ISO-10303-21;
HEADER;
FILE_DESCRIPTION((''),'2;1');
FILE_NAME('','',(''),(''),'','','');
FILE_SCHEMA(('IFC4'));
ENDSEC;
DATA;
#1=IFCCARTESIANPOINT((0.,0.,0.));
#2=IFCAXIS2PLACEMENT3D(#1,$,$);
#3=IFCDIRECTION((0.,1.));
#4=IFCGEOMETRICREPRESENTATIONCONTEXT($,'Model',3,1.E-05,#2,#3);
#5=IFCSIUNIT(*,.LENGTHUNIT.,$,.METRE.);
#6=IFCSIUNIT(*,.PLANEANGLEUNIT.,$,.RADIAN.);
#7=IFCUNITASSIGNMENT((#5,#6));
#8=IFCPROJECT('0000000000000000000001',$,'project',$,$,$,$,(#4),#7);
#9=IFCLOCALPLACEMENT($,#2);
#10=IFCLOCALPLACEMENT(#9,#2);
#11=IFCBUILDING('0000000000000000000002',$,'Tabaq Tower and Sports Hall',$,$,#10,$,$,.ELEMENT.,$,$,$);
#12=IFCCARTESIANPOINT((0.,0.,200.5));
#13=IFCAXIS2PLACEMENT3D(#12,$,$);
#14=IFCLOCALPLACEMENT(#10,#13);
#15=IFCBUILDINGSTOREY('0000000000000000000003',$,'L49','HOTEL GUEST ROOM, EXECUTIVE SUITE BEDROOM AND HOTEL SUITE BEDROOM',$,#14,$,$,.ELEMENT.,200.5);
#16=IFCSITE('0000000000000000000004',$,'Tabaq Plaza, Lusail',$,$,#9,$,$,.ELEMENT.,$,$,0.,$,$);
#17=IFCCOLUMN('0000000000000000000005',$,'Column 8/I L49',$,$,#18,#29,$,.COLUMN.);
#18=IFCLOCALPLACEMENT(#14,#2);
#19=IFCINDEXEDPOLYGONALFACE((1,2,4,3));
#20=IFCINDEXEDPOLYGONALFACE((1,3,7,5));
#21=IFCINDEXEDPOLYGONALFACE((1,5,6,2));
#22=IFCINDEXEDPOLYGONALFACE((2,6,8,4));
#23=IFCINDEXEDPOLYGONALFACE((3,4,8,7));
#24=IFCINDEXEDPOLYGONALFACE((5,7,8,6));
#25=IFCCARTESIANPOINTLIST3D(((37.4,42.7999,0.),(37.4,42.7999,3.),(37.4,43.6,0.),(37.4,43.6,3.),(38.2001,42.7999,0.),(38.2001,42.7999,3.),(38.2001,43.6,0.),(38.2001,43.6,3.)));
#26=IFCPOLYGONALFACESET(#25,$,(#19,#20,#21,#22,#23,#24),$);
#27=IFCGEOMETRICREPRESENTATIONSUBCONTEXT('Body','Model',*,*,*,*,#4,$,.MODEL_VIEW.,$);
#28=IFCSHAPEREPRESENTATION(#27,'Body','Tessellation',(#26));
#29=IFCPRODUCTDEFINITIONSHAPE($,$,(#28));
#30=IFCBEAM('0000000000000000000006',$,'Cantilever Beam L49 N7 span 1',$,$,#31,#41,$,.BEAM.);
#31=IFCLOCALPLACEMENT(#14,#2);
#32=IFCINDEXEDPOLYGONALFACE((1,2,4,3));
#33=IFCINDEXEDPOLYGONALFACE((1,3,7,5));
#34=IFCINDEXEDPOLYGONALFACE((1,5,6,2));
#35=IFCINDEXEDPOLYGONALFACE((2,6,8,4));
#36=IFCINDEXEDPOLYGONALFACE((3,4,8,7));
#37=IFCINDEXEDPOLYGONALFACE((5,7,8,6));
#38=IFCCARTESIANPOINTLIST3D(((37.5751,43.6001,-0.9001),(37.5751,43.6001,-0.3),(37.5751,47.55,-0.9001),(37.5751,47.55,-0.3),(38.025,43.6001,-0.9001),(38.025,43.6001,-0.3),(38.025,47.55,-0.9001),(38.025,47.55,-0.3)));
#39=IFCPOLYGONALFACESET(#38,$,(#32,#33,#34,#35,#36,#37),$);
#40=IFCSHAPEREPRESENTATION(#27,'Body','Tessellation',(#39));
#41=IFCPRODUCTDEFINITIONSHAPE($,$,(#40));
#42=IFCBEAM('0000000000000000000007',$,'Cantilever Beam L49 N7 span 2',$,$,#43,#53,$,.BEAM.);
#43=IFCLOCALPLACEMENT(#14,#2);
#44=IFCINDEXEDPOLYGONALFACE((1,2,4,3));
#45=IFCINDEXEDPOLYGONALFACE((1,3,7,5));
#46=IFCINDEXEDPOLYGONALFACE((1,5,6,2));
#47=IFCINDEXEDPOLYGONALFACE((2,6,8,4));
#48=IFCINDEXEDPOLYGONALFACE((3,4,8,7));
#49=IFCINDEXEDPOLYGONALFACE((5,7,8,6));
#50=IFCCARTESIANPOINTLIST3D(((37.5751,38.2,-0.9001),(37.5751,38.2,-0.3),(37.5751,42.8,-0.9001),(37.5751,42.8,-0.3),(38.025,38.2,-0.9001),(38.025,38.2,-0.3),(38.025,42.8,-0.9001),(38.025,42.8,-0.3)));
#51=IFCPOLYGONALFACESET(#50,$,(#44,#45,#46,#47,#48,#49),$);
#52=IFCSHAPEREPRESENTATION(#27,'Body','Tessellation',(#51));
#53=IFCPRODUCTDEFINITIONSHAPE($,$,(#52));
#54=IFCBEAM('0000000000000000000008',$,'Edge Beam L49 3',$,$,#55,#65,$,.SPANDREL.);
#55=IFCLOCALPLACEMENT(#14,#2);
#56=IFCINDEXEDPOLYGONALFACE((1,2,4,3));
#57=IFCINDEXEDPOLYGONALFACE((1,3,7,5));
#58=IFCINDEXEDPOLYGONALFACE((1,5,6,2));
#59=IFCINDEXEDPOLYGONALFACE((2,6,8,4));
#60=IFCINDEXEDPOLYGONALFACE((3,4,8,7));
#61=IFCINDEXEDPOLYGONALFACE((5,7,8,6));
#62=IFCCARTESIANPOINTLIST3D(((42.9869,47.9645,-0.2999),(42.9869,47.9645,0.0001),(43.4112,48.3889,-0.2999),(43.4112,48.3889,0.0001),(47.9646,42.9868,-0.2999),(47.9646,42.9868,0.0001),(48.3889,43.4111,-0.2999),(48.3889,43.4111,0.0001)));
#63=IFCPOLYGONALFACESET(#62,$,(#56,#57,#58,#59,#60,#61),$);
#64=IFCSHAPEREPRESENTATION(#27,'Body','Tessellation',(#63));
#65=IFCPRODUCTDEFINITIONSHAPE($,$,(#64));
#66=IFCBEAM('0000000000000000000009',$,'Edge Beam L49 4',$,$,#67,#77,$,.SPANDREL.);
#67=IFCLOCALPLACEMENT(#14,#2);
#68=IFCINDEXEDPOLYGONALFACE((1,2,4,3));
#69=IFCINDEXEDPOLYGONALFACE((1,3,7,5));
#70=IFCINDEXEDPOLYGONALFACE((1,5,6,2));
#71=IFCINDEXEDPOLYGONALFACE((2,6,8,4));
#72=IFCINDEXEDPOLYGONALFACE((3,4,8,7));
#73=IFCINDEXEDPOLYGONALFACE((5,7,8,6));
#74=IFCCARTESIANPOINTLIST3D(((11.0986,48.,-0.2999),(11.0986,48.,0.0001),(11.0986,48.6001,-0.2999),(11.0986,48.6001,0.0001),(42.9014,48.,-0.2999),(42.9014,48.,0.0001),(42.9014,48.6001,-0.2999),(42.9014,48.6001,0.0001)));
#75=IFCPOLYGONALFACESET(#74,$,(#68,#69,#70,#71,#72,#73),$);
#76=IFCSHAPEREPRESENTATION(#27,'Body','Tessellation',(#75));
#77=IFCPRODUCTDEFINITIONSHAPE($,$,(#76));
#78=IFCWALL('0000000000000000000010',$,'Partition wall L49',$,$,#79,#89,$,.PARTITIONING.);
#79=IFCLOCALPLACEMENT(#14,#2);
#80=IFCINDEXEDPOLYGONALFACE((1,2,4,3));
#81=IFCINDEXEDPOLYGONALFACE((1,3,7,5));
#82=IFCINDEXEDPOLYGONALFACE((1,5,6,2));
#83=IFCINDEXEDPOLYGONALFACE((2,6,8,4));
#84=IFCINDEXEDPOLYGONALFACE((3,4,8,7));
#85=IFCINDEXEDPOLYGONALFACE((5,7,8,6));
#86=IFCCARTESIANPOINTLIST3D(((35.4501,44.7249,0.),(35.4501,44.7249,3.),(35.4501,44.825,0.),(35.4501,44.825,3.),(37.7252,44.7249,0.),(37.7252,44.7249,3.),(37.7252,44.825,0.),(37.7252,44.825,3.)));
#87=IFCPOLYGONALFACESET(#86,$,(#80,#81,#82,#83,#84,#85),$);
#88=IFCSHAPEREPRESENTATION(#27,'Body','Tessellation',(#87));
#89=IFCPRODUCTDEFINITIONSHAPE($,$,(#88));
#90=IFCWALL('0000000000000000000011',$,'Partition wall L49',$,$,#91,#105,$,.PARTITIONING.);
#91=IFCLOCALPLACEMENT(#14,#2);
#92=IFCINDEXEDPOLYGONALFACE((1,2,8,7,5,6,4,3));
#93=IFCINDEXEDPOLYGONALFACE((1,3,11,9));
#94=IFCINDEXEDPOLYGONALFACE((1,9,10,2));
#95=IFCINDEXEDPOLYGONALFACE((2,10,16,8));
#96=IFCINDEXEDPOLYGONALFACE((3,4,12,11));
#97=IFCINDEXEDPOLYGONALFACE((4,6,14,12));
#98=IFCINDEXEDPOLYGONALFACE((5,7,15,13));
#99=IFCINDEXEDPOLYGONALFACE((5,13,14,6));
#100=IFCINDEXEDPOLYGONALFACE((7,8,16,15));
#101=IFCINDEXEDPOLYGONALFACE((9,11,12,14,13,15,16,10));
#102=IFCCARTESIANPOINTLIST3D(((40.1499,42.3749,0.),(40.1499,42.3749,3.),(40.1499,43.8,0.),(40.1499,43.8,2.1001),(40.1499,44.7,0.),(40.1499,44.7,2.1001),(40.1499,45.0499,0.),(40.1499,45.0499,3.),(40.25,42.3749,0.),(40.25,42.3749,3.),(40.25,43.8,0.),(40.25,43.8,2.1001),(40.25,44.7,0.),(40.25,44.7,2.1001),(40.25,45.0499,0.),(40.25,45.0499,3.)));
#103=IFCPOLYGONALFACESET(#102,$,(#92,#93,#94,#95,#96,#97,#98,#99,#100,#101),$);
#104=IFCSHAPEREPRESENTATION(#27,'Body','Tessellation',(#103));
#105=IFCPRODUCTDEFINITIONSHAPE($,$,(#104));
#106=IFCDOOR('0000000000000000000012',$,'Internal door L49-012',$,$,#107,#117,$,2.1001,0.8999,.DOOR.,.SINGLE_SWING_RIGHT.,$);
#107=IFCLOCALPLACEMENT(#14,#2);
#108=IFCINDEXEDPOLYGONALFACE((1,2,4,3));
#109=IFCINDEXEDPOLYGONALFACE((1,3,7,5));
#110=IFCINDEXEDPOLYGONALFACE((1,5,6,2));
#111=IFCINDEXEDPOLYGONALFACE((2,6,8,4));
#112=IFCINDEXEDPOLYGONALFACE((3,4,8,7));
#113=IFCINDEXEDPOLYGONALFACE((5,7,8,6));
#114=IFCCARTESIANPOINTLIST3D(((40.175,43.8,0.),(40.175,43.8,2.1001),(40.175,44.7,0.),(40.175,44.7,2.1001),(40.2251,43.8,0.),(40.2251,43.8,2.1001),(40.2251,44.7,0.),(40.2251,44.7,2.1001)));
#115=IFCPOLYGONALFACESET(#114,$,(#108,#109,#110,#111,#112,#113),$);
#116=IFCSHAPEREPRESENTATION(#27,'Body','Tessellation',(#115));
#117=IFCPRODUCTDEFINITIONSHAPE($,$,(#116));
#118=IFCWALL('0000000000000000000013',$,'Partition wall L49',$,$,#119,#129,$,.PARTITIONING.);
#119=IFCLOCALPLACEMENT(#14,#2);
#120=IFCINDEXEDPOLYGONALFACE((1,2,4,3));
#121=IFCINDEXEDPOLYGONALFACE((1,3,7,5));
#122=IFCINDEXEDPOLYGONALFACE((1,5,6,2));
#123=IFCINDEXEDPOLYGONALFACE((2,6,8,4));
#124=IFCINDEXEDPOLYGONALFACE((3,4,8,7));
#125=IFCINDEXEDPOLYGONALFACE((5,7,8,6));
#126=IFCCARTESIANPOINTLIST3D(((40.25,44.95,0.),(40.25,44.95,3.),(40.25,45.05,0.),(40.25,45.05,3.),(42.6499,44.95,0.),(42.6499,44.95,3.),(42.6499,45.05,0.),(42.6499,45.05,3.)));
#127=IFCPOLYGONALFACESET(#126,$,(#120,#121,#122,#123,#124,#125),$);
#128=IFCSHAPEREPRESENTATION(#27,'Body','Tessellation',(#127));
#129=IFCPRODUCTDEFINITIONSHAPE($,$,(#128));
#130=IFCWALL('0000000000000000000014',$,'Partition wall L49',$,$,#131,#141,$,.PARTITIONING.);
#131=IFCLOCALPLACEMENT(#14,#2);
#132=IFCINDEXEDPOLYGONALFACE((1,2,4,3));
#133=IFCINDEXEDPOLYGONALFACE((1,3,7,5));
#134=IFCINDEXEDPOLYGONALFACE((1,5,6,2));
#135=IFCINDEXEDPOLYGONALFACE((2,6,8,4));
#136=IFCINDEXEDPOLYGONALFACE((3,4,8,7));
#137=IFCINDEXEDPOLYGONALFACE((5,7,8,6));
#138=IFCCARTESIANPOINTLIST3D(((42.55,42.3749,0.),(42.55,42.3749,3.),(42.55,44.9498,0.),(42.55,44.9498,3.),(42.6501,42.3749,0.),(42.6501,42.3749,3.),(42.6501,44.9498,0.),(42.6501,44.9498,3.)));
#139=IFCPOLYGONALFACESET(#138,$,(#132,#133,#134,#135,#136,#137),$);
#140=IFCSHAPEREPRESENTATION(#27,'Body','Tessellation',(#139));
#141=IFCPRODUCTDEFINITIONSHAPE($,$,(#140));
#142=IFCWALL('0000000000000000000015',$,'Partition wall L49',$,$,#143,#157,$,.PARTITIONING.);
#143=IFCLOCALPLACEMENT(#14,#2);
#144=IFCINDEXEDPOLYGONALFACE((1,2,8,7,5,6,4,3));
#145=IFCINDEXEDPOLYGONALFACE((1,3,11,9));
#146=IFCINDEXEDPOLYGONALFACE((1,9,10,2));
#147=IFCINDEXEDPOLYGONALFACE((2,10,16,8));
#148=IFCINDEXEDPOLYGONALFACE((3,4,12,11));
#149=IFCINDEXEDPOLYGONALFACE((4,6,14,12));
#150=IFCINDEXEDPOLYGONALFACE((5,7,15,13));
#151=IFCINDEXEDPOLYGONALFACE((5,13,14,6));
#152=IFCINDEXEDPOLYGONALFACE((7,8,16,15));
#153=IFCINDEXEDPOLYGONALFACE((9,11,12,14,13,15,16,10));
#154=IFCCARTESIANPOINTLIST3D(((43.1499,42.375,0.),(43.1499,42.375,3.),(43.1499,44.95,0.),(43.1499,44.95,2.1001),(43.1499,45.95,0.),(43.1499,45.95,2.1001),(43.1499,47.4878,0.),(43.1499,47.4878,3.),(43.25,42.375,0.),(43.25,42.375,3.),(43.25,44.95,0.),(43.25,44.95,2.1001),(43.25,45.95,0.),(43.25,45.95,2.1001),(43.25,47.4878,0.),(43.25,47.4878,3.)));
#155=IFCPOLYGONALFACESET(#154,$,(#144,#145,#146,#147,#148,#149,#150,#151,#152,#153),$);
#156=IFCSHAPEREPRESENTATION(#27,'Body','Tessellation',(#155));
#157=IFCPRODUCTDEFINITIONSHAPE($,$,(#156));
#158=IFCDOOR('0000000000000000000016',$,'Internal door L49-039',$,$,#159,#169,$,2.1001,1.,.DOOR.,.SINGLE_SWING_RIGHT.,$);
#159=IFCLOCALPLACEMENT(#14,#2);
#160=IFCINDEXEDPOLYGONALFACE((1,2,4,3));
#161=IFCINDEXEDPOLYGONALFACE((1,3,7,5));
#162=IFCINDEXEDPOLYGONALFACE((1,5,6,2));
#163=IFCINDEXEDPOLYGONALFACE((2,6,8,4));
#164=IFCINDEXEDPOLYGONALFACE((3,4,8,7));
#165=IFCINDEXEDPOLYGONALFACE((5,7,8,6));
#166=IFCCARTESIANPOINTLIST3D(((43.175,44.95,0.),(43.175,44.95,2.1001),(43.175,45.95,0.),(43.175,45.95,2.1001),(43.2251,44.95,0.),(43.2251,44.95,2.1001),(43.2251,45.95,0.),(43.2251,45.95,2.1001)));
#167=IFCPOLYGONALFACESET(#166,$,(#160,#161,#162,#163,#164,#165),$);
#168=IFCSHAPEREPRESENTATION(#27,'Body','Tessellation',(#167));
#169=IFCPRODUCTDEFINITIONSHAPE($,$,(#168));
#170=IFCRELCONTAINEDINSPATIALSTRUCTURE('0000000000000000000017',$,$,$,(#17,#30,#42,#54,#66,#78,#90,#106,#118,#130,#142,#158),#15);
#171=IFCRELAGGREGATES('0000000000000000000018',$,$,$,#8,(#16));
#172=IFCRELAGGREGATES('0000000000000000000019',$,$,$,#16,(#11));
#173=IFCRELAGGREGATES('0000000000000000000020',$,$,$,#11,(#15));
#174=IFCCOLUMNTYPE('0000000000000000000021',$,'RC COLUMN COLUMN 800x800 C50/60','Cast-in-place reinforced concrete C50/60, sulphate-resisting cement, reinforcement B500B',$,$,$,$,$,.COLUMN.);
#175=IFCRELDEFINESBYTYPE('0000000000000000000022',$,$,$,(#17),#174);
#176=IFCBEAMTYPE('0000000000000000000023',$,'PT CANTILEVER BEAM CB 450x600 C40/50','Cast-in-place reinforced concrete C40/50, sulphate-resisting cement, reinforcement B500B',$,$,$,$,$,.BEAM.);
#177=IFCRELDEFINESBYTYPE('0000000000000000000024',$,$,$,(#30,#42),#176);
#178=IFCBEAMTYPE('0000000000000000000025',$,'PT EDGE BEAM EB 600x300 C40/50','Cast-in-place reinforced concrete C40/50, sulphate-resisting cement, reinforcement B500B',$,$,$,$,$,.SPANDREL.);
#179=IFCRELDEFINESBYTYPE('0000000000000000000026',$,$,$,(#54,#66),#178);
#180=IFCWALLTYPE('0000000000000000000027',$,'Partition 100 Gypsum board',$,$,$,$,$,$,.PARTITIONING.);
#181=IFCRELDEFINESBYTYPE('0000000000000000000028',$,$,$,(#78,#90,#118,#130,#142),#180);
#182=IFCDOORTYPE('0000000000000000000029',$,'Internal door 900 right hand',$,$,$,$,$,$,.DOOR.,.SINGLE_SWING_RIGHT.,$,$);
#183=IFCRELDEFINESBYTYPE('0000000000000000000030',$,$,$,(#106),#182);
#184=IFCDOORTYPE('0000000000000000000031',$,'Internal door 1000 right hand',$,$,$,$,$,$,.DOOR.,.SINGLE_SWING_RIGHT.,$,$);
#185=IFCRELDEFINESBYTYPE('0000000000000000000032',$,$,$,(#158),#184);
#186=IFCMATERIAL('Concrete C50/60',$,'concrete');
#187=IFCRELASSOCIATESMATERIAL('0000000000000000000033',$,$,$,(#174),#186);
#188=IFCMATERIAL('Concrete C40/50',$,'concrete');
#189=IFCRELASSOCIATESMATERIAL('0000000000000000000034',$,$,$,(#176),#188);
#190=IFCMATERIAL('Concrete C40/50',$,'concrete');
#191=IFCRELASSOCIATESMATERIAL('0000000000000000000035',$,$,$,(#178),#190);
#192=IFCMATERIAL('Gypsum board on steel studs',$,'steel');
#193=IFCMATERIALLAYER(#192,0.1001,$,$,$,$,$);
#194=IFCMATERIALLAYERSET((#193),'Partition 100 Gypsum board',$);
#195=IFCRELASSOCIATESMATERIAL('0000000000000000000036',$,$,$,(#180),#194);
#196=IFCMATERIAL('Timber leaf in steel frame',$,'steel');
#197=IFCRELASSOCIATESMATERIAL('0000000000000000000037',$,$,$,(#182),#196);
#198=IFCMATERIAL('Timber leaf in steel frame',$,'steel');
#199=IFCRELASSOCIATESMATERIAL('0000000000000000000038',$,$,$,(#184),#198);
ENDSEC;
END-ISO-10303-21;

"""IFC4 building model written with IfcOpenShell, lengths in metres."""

from ifc_helpers import new_model, si_unit, direction, frame, frame_2d, origin, origin_2d, place, context, subcontext, project, spatial, rectangle, extrude, material, layer, layer_set, material_profile, profile_set, type_object, element, fill, save


model = new_model("IFC4")

# Units and contexts
model_context = context("Model", 3, precision=1e-05, world=origin(), true_north=direction((0.0, 1.0)))
body_context = subcontext(model_context, "Body", "Model", "MODEL_VIEW")
ifc_project = project(units=[si_unit("LENGTHUNIT", "METRE"), si_unit("PLANEANGLEUNIT", "RADIAN")], contexts=[model_context])

# Site, building, storey
site_placement = place(None, origin())
site = spatial("IfcSite", under=ifc_project, at=site_placement, Name="Tabaq Plaza, Lusail", CompositionType="ELEMENT", RefElevation=0.0)
building_placement = place(site_placement, origin())
building = spatial("IfcBuilding", under=site, at=building_placement, Name="Tabaq Tower and Sports Hall", CompositionType="ELEMENT")
storey_placement = place(building_placement, frame((0.0, 0.0, 200.5)))
storey = spatial("IfcBuildingStorey", under=building, at=storey_placement, Name="L49", Description="HOTEL GUEST ROOM, EXECUTIVE SUITE BEDROOM AND HOTEL SUITE BEDROOM", CompositionType="ELEMENT", Elevation=200.5)

# Column
ifc_material_1 = material(Name="Concrete C50/60", Category="concrete")
ifc_material_profile_1 = material_profile(ifc_material_1, rectangle(XDim=0.8, YDim=0.8, at=origin_2d()), Name="COLUMN 800x800")
ifc_profile_set_1 = profile_set([ifc_material_profile_1], Name="Concrete C50/60")
column_type = type_object("IfcColumnType", Name="RC COLUMN COLUMN 800x800 C50/60", Description="Cast-in-place reinforced concrete C50/60, sulphate-resisting cement, reinforcement B500B", PredefinedType="COLUMN", material=ifc_profile_set_1)
column_placement = place(storey_placement, frame((37.8, 43.2, 0.0), z_axis=(0.0, 0.0, 1.0), x_axis=(1.0, 0.0, 0.0)))
element("IfcColumn", 1, at=column_placement, inside=storey, type_object=column_type, Name="Column 8/I L49", PredefinedType="COLUMN", context=body_context, shape_type="SweptSolid", body=[
    extrude(rectangle(XDim=0.8, YDim=0.8, at=origin_2d()), origin(), (0.0, 0.0, 1.0), 3.0),
])

# Beams
ifc_material_2 = material(Name="Concrete C40/50", Category="concrete")
ifc_material_profile_2 = material_profile(ifc_material_2, rectangle(XDim=0.45, YDim=0.6001, at=origin_2d()), Name="CB 450x600")
ifc_profile_set_2 = profile_set([ifc_material_profile_2], Name="Concrete C40/50")
beam_type_1 = type_object("IfcBeamType", Name="PT CANTILEVER BEAM CB 450x600 C40/50", Description="Cast-in-place reinforced concrete C40/50, sulphate-resisting cement, reinforcement B500B", PredefinedType="BEAM", material=ifc_profile_set_2)
beam_1_placement = place(storey_placement, frame((37.8, 47.55, -0.6001), z_axis=(0.0, -1.0, 0.0), x_axis=(1.0, 0.0, 0.0)))
element("IfcBeam", 2, at=beam_1_placement, inside=storey, type_object=beam_type_1, Name="Cantilever Beam L49 N7 span 1", PredefinedType="BEAM", context=body_context, shape_type="SweptSolid", body=[
    extrude(rectangle(XDim=0.45, YDim=0.6001, at=origin_2d()), origin(), (0.0, 0.0, 1.0), 3.95),
])
beam_2_placement = place(storey_placement, frame((37.8, 42.8, -0.6001), z_axis=(0.0, -1.0, 0.0), x_axis=(1.0, 0.0, 0.0)))
element("IfcBeam", 3, at=beam_2_placement, inside=storey, type_object=beam_type_1, Name="Cantilever Beam L49 N7 span 2", PredefinedType="BEAM", context=body_context, shape_type="SweptSolid", body=[
    extrude(rectangle(XDim=0.45, YDim=0.6001, at=origin_2d()), origin(), (0.0, 0.0, 1.0), 4.6001),
])
ifc_material_3 = material(Name="Concrete C40/50", Category="concrete")
ifc_material_profile_3 = material_profile(ifc_material_3, rectangle(XDim=0.6001, YDim=0.3, at=origin_2d()), Name="EB 600x300")
ifc_profile_set_3 = profile_set([ifc_material_profile_3], Name="Concrete C40/50")
beam_type_2 = type_object("IfcBeamType", Name="PT EDGE BEAM EB 600x300 C40/50", Description="Cast-in-place reinforced concrete C40/50, sulphate-resisting cement, reinforcement B500B", PredefinedType="SPANDREL", material=ifc_profile_set_3)
beam_3_placement = place(storey_placement, frame((48.1768, 43.199, -0.1499), z_axis=(-0.707107, 0.707107, 0.0), x_axis=(-0.707107, -0.707107, 0.0)))
element("IfcBeam", 4, at=beam_3_placement, inside=storey, type_object=beam_type_2, Name="Edge Beam L49 3", PredefinedType="SPANDREL", context=body_context, shape_type="SweptSolid", body=[
    extrude(rectangle(XDim=0.6001, YDim=0.3, at=origin_2d()), origin(), (0.0, 0.0, 1.0), 7.0396),
])
beam_4_placement = place(storey_placement, frame((42.9014, 48.3, -0.1499), z_axis=(-1.0, 0.0, 0.0), x_axis=(0.0, -1.0, 0.0)))
element("IfcBeam", 5, at=beam_4_placement, inside=storey, type_object=beam_type_2, Name="Edge Beam L49 4", PredefinedType="SPANDREL", context=body_context, shape_type="SweptSolid", body=[
    extrude(rectangle(XDim=0.6001, YDim=0.3, at=origin_2d()), origin(), (0.0, 0.0, 1.0), 31.8027),
])

# Wall
ifc_material_4 = material(Name="Gypsum board on steel studs", Category="steel")
ifc_layer_1 = layer(ifc_material_4, 0.1001)
ifc_layer_set_1 = layer_set([ifc_layer_1], Name="Partition 100 Gypsum board")
wall_type_1 = type_object("IfcWallType", Name="Partition 100 Gypsum board", PredefinedType="PARTITIONING", material=ifc_layer_set_1)
wall_1_placement = place(storey_placement, frame((35.45, 44.7749, 0.0), z_axis=(0.0, 0.0, 1.0), x_axis=(1.0, 0.0, 0.0)))
element("IfcWall", 6, at=wall_1_placement, inside=storey, type_object=wall_type_1, Name="Partition wall L49", PredefinedType="PARTITIONING", context=body_context, shape_type="SweptSolid", body=[
    extrude(rectangle(XDim=2.2751, YDim=0.1001, at=frame_2d((1.1377, 0.0))), origin(), (0.0, 0.0, 1.0), 3.0),
])

# Wall, opening, door
wall_2_placement = place(storey_placement, frame((40.2, 42.375, 0.0), z_axis=(0.0, 0.0, 1.0), x_axis=(0.0, 1.0, 0.0)))
wall_2 = element("IfcWall", 7, at=wall_2_placement, inside=storey, type_object=wall_type_1, Name="Partition wall L49", PredefinedType="PARTITIONING", context=body_context, shape_type="SweptSolid", body=[
    extrude(rectangle(XDim=2.675, YDim=0.1001, at=frame_2d((1.3374, 0.0))), origin(), (0.0, 0.0, 1.0), 3.0),
])
opening_1_placement = place(wall_2_placement, frame((1.425, 0.0, 0.0)))
opening_1 = element("IfcOpeningElement", 8, at=opening_1_placement, cuts=wall_2, PredefinedType="OPENING", context=body_context, shape_type="SweptSolid", body=[
    extrude(rectangle(XDim=0.8999, YDim=2.1001, at=frame_2d((0.45, 1.05))), frame((0.0, 0.05, 0.0), z_axis=(0.0, -1.0, 0.0), x_axis=(1.0, 0.0, 0.0)), (0.0, 0.0, 1.0), 0.1001),
])
ifc_material_5 = material(Name="Timber leaf in steel frame", Category="steel")
door_type_1 = type_object("IfcDoorType", Name="Internal door 900 right hand", OperationType="SINGLE_SWING_RIGHT", PredefinedType="DOOR", material=ifc_material_5)
door_1_placement = place(opening_1_placement, origin())
door_1 = element("IfcDoor", 9, at=door_1_placement, inside=storey, type_object=door_type_1, Name="Internal door L49-012", OperationType="SINGLE_SWING_RIGHT", OverallHeight=2.1001, OverallWidth=0.8999, PredefinedType="DOOR", context=body_context, shape_type="SweptSolid", body=[
    extrude(rectangle(XDim=0.8999, YDim=2.1001, at=frame_2d((0.45, 1.05))), frame((0.0, 0.0249, 0.0), z_axis=(0.0, -1.0, 0.0), x_axis=(1.0, 0.0, 0.0)), (0.0, 0.0, 1.0), 0.05),
])
fill(opening_1, door_1)

# Walls
wall_3_placement = place(storey_placement, frame((40.25, 45.0, 0.0), z_axis=(0.0, 0.0, 1.0), x_axis=(1.0, 0.0, 0.0)))
element("IfcWall", 10, at=wall_3_placement, inside=storey, type_object=wall_type_1, Name="Partition wall L49", PredefinedType="PARTITIONING", context=body_context, shape_type="SweptSolid", body=[
    extrude(rectangle(XDim=2.3999, YDim=0.1001, at=frame_2d((1.2, 0.0))), origin(), (0.0, 0.0, 1.0), 3.0),
])
wall_4_placement = place(storey_placement, frame((42.6001, 44.95, 0.0), z_axis=(0.0, 0.0, 1.0), x_axis=(0.0, -1.0, 0.0)))
element("IfcWall", 11, at=wall_4_placement, inside=storey, type_object=wall_type_1, Name="Partition wall L49", PredefinedType="PARTITIONING", context=body_context, shape_type="SweptSolid", body=[
    extrude(rectangle(XDim=2.575, YDim=0.1001, at=frame_2d((1.2876, 0.0))), origin(), (0.0, 0.0, 1.0), 3.0),
])

# Wall, opening, door
wall_5_placement = place(storey_placement, frame((43.2, 42.375, 0.0), z_axis=(0.0, 0.0, 1.0), x_axis=(0.0, 1.0, 0.0)))
wall_5 = element("IfcWall", 12, at=wall_5_placement, inside=storey, type_object=wall_type_1, Name="Partition wall L49", PredefinedType="PARTITIONING", context=body_context, shape_type="SweptSolid", body=[
    extrude(rectangle(XDim=5.1128, YDim=0.1001, at=frame_2d((2.5564, 0.0))), origin(), (0.0, 0.0, 1.0), 3.0),
])
opening_2_placement = place(wall_5_placement, frame((2.575, 0.0, 0.0)))
opening_2 = element("IfcOpeningElement", 13, at=opening_2_placement, cuts=wall_5, PredefinedType="OPENING", context=body_context, shape_type="SweptSolid", body=[
    extrude(rectangle(XDim=1.0, YDim=2.1001, at=frame_2d((0.5, 1.05))), frame((0.0, 0.05, 0.0), z_axis=(0.0, -1.0, 0.0), x_axis=(1.0, 0.0, 0.0)), (0.0, 0.0, 1.0), 0.1001),
])
ifc_material_6 = material(Name="Timber leaf in steel frame", Category="steel")
door_type_2 = type_object("IfcDoorType", Name="Internal door 1000 right hand", OperationType="SINGLE_SWING_RIGHT", PredefinedType="DOOR", material=ifc_material_6)
door_2_placement = place(opening_2_placement, origin())
door_2 = element("IfcDoor", 14, at=door_2_placement, inside=storey, type_object=door_type_2, Name="Internal door L49-039", OperationType="SINGLE_SWING_RIGHT", OverallHeight=2.1001, OverallWidth=1.0, PredefinedType="DOOR", context=body_context, shape_type="SweptSolid", body=[
    extrude(rectangle(XDim=1.0, YDim=2.1001, at=frame_2d((0.5, 1.05))), frame((0.0, 0.0249, 0.0), z_axis=(0.0, -1.0, 0.0), x_axis=(1.0, 0.0, 0.0)), (0.0, 0.0, 1.0), 0.05),
])
fill(opening_2, door_2)

save(model, "model.ifc")
